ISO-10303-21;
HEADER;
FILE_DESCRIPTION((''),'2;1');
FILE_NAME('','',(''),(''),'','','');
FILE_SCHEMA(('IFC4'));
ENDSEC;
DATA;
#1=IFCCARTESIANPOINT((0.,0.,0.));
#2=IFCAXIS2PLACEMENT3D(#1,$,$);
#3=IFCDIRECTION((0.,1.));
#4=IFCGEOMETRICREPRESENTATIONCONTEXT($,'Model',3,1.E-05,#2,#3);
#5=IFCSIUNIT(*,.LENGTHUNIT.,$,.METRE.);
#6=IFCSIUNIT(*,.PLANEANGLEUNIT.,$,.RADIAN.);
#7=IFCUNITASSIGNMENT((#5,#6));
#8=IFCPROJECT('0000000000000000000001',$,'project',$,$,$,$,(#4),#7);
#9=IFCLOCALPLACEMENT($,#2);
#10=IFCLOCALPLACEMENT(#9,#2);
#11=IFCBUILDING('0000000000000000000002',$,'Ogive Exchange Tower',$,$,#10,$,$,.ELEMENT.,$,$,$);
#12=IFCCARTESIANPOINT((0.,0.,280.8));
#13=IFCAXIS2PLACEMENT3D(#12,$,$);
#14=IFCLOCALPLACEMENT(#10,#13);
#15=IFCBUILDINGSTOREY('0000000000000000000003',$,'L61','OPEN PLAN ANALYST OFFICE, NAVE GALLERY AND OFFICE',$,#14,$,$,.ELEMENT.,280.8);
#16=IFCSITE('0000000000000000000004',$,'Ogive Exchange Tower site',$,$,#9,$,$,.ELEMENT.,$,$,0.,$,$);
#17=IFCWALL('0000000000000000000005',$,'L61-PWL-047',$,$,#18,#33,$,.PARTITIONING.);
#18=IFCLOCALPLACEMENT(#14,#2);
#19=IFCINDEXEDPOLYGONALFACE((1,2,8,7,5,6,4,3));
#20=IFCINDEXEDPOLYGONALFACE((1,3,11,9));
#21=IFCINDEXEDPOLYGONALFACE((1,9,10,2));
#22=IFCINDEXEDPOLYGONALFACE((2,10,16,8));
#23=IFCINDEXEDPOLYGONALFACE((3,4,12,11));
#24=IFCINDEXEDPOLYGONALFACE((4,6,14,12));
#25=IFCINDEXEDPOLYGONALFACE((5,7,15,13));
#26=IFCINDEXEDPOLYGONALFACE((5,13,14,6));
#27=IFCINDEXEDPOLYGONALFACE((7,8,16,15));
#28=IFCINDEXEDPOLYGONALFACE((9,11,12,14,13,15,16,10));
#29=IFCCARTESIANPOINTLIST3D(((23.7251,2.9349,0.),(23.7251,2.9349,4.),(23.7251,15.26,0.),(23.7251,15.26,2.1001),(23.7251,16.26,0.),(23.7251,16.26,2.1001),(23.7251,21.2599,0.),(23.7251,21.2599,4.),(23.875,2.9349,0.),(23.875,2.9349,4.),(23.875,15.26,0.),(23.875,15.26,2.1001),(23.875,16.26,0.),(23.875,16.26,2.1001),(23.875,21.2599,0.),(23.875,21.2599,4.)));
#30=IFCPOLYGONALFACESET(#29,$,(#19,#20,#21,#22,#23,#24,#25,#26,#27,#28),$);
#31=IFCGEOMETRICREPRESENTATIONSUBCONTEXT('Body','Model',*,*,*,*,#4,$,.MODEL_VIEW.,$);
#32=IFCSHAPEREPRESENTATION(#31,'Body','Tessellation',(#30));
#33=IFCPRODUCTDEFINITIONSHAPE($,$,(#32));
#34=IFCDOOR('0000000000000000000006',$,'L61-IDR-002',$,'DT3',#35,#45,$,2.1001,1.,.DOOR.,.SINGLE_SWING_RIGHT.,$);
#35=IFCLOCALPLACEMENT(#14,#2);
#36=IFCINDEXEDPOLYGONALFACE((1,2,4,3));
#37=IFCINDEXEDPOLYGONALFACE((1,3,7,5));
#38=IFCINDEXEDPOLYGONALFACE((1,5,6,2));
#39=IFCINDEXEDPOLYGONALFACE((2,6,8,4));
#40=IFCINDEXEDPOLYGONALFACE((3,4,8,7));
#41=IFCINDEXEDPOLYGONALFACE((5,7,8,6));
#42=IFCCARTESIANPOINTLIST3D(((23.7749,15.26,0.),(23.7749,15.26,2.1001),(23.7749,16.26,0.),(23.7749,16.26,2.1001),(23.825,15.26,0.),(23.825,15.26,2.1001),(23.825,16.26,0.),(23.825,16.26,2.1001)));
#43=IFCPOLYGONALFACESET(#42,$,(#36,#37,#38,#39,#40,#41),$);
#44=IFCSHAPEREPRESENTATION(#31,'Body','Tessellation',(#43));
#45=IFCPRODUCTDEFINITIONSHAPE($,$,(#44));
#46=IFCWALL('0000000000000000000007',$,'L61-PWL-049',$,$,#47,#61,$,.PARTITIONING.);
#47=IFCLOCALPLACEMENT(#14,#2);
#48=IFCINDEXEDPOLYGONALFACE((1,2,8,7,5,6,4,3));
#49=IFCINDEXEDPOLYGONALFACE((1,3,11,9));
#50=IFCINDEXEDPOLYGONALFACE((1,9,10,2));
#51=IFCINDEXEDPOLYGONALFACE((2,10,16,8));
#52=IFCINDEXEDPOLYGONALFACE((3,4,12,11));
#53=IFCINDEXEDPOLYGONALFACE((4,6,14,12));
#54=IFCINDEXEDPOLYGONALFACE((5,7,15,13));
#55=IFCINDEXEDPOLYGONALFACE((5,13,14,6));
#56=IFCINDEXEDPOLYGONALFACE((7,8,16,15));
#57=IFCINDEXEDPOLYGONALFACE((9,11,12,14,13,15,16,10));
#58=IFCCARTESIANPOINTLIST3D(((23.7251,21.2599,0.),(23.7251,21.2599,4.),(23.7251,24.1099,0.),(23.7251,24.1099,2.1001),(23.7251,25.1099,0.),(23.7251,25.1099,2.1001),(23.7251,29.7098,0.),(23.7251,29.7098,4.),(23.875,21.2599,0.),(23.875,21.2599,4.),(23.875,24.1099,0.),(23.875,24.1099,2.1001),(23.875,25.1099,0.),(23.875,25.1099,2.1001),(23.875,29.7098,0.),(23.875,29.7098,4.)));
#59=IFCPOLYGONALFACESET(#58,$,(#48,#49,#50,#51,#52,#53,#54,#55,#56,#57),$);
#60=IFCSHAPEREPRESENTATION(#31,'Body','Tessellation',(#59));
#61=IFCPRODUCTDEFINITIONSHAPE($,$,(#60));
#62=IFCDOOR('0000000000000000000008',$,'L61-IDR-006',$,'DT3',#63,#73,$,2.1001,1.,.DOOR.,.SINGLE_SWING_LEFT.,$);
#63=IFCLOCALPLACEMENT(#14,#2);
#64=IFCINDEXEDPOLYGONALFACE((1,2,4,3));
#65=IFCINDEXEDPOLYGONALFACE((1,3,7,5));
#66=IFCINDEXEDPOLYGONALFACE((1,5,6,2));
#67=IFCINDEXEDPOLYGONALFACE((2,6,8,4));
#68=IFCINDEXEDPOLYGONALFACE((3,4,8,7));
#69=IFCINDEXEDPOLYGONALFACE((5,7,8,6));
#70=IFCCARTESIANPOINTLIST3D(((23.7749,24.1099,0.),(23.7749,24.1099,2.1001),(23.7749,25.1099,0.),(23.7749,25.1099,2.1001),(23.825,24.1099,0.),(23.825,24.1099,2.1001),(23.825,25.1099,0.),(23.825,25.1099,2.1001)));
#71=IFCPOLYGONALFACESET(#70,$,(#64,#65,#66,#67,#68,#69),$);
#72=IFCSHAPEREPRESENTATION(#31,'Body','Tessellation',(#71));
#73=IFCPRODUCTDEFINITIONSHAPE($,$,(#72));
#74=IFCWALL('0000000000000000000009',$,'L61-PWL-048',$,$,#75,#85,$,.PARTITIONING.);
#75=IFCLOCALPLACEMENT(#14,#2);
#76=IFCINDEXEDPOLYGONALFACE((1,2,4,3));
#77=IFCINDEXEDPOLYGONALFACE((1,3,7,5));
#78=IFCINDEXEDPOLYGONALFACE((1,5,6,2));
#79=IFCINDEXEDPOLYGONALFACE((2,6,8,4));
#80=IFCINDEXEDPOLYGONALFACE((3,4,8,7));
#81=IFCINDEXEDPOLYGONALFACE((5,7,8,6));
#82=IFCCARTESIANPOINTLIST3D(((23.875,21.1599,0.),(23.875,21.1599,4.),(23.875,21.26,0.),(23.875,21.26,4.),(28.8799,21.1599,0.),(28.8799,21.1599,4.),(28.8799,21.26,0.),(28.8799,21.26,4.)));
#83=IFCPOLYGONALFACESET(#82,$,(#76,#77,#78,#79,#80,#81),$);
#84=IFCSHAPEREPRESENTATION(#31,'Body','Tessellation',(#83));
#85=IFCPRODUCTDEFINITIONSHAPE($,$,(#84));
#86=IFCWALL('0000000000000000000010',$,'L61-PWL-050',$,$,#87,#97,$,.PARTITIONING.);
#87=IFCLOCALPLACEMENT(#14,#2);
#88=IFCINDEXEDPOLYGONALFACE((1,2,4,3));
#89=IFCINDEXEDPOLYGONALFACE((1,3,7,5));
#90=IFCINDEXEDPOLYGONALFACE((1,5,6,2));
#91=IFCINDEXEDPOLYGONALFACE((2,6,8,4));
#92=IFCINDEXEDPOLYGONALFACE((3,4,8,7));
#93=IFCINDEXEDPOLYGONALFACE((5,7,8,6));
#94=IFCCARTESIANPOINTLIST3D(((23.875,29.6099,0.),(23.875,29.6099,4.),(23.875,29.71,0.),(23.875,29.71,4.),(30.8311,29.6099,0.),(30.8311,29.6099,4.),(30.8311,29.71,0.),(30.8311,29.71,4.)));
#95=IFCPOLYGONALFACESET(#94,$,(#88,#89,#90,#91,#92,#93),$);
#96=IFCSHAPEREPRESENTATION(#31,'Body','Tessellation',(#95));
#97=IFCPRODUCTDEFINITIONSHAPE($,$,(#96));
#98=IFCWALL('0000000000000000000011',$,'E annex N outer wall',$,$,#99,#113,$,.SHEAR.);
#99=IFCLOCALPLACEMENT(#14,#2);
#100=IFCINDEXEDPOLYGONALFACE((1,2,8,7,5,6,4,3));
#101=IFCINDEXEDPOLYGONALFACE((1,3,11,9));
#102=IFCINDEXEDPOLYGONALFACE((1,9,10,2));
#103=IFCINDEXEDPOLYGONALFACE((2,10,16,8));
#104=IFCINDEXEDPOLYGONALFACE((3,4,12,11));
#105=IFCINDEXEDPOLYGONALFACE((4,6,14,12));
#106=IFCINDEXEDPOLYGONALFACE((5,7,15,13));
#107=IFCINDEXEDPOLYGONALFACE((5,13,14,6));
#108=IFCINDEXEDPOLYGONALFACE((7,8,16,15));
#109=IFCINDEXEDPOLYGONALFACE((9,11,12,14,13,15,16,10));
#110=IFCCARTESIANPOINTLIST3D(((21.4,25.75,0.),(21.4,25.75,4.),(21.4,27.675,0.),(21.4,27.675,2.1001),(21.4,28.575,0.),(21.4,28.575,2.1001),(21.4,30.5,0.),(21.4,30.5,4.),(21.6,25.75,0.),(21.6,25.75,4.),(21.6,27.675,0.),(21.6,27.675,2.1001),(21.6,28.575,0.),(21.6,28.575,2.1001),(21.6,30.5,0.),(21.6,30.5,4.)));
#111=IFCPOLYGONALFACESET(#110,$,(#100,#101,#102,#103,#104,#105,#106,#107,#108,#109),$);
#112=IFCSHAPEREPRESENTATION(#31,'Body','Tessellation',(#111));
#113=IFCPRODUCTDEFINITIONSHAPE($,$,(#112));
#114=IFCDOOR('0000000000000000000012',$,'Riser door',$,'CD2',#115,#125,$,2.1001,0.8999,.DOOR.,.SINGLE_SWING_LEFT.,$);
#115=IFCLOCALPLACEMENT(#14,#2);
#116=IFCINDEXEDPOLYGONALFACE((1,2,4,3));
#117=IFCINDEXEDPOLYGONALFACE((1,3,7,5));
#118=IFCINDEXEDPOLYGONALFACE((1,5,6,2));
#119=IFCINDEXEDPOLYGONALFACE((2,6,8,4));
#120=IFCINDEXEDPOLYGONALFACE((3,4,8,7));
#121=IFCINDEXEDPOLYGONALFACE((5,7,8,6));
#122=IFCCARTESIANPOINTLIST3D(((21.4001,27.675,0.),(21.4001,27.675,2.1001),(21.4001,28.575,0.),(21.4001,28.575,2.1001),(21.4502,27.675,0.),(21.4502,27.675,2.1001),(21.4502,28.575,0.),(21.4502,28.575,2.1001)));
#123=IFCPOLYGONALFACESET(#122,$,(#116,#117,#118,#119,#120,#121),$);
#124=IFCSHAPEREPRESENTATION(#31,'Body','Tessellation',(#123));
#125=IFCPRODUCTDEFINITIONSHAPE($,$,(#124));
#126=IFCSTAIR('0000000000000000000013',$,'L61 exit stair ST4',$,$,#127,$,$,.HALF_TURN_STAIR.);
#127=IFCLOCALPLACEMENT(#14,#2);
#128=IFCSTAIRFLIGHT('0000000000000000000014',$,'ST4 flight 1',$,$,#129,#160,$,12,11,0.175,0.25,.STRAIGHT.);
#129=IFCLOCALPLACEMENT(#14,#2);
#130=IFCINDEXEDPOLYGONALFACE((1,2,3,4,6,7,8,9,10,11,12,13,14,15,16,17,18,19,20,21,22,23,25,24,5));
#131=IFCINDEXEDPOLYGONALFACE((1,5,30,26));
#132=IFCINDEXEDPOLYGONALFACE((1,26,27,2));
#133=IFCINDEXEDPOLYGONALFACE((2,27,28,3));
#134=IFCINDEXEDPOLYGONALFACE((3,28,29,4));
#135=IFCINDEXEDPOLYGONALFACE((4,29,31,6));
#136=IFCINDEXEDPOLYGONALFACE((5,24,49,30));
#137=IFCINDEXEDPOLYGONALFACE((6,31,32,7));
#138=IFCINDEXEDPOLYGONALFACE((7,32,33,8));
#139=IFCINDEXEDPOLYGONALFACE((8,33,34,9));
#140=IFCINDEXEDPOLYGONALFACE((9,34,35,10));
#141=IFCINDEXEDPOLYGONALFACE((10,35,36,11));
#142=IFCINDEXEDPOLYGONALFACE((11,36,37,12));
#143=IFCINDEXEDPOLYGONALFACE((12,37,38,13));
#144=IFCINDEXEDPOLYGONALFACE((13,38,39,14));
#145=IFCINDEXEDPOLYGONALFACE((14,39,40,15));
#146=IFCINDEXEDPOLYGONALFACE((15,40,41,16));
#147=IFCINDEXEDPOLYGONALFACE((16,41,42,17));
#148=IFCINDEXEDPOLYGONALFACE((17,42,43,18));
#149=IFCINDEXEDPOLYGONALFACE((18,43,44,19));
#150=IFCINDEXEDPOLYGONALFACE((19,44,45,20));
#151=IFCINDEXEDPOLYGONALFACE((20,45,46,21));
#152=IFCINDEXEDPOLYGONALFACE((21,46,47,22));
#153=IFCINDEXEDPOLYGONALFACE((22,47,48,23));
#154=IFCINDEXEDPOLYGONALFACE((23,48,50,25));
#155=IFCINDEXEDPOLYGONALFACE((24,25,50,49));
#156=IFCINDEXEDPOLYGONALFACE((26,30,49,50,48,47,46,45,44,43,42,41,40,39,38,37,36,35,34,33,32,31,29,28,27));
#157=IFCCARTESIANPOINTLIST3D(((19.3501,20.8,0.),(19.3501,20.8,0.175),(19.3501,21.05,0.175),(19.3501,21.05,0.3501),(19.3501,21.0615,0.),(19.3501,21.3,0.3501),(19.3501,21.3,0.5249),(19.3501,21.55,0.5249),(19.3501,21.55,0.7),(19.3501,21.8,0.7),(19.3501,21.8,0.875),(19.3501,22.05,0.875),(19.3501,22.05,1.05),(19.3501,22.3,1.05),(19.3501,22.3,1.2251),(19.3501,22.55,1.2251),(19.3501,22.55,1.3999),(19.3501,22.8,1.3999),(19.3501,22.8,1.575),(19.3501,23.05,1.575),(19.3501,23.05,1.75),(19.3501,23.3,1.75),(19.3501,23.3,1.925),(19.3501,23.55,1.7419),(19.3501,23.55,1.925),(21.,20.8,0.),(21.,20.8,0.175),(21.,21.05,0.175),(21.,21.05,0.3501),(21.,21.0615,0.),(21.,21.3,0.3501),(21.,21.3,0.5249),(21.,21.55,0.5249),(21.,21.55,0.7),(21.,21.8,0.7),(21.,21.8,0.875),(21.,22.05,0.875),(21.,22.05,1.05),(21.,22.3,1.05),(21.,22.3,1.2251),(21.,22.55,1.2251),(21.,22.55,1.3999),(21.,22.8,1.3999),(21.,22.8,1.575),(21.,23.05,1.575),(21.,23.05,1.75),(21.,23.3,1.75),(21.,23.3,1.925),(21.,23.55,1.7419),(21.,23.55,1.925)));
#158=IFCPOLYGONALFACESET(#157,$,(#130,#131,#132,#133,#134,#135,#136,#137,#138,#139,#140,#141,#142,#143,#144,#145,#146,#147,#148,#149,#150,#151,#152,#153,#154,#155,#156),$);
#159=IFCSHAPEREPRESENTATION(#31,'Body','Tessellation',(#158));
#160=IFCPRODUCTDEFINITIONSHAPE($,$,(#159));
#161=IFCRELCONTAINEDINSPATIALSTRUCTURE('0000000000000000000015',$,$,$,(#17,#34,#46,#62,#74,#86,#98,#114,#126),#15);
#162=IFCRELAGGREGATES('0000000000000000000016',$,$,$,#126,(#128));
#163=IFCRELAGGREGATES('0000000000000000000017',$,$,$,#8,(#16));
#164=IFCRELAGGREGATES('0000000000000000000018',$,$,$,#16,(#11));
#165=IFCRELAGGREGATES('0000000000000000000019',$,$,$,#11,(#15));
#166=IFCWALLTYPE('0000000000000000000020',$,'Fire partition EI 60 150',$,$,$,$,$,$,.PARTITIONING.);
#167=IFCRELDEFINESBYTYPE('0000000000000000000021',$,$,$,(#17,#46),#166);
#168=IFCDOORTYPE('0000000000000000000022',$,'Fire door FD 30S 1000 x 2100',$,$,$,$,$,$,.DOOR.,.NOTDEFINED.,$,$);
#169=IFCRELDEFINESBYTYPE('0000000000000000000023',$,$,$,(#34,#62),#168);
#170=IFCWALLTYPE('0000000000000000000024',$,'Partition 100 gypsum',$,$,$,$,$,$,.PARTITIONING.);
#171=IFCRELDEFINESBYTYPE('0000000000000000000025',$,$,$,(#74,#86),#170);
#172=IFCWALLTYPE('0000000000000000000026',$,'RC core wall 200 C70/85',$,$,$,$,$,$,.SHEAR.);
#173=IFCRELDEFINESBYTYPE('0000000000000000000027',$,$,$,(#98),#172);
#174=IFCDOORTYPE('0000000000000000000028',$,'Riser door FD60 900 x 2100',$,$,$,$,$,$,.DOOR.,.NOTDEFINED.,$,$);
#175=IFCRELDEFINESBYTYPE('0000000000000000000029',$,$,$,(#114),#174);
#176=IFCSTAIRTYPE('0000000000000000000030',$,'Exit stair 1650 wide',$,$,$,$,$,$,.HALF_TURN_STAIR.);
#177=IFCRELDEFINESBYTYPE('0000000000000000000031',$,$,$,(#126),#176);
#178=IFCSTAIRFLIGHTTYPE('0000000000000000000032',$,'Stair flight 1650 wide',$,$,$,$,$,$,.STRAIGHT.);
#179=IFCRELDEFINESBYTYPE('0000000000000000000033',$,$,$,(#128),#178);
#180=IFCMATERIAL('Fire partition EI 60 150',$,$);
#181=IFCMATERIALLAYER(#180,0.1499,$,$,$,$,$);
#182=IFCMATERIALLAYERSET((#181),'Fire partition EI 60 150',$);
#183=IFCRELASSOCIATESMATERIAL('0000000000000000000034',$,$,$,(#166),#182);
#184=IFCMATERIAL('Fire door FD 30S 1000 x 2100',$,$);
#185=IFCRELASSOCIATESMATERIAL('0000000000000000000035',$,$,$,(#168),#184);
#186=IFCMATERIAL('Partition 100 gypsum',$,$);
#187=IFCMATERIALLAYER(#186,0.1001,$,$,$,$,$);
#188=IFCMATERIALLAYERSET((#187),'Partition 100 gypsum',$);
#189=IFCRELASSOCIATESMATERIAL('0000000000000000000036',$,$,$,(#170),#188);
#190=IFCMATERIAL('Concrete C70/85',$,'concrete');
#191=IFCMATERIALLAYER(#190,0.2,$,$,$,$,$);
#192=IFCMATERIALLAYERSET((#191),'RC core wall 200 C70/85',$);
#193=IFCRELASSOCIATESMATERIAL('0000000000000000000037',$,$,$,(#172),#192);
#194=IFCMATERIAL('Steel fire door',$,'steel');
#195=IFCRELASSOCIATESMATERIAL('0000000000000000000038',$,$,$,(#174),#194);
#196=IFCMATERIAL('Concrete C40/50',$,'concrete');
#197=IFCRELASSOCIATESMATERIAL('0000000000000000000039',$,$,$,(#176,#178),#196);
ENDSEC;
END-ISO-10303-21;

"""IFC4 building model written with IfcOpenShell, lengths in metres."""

from ifc_helpers import new_model, si_unit, direction, frame, frame_2d, origin, place, context, subcontext, project, spatial, polyline, rectangle, outline, extrude, material, layer, layer_set, type_object, element, fill, aggregate, save


model = new_model("IFC4")

# Units and contexts
model_context = context("Model", 3, precision=1e-05, world=origin(), true_north=direction((0.0, 1.0)))
body_context = subcontext(model_context, "Body", "Model", "MODEL_VIEW")
ifc_project = project(units=[si_unit("LENGTHUNIT", "METRE"), si_unit("PLANEANGLEUNIT", "RADIAN")], contexts=[model_context])

# Site, building, storey
site_placement = place(None, origin())
site = spatial("IfcSite", under=ifc_project, at=site_placement, Name="Ogive Exchange Tower site", CompositionType="ELEMENT", RefElevation=0.0)
building_placement = place(site_placement, origin())
building = spatial("IfcBuilding", under=site, at=building_placement, Name="Ogive Exchange Tower", CompositionType="ELEMENT")
storey_placement = place(building_placement, frame((0.0, 0.0, 280.8)))
storey = spatial("IfcBuildingStorey", under=building, at=storey_placement, Name="L61", Description="OPEN PLAN ANALYST OFFICE, NAVE GALLERY AND OFFICE", CompositionType="ELEMENT", Elevation=280.8)

# Walls, openings, doors
ifc_material_1 = material(Name="Fire partition EI 60 150")
ifc_layer_1 = layer(ifc_material_1, 0.1499)
ifc_layer_set_1 = layer_set([ifc_layer_1], Name="Fire partition EI 60 150")
wall_type_1 = type_object("IfcWallType", Name="Fire partition EI 60 150", PredefinedType="PARTITIONING", material=ifc_layer_set_1)
wall_1_placement = place(storey_placement, frame((23.8, 21.26, 0.0), z_axis=(0.0, 0.0, 1.0), x_axis=(0.0, -1.0, 0.0)))
wall_1 = element("IfcWall", 1, at=wall_1_placement, inside=storey, type_object=wall_type_1, Name="L61-PWL-047", PredefinedType="PARTITIONING", context=body_context, shape_type="SweptSolid", body=[
    extrude(rectangle(XDim=18.325, YDim=0.1499, at=frame_2d((9.1626, 0.0))), origin(), (0.0, 0.0, 1.0), 4.0),
])
opening_1_placement = place(wall_1_placement, frame((5.0, 0.0, 0.0)))
opening_1 = element("IfcOpeningElement", 2, at=opening_1_placement, cuts=wall_1, PredefinedType="OPENING", context=body_context, shape_type="SweptSolid", body=[
    extrude(rectangle(XDim=1.0, YDim=2.1001, at=frame_2d((0.5, 1.05))), frame((0.0, 0.085, 0.0), z_axis=(0.0, -1.0, 0.0), x_axis=(1.0, 0.0, 0.0)), (0.0, 0.0, 1.0), 0.1699),
])
ifc_material_2 = material(Name="Fire door FD 30S 1000 x 2100")
door_type_1 = type_object("IfcDoorType", Name="Fire door FD 30S 1000 x 2100", OperationType="NOTDEFINED", PredefinedType="DOOR", material=ifc_material_2)
door_1_placement = place(opening_1_placement, origin())
door_1 = element("IfcDoor", 3, at=door_1_placement, inside=storey, type_object=door_type_1, Name="L61-IDR-002", ObjectType="DT3", OperationType="SINGLE_SWING_RIGHT", OverallHeight=2.1001, OverallWidth=1.0, PredefinedType="DOOR", context=body_context, shape_type="SweptSolid", body=[
    extrude(rectangle(XDim=1.0, YDim=2.1001, at=frame_2d((0.5, 1.05))), frame((0.0, 0.0249, 0.0), z_axis=(0.0, -1.0, 0.0), x_axis=(1.0, 0.0, 0.0)), (0.0, 0.0, 1.0), 0.05),
])
fill(opening_1, door_1)
wall_2_placement = place(storey_placement, frame((23.8, 29.71, 0.0), z_axis=(0.0, 0.0, 1.0), x_axis=(0.0, -1.0, 0.0)))
wall_2 = element("IfcWall", 4, at=wall_2_placement, inside=storey, type_object=wall_type_1, Name="L61-PWL-049", PredefinedType="PARTITIONING", context=body_context, shape_type="SweptSolid", body=[
    extrude(rectangle(XDim=8.45, YDim=0.1499, at=frame_2d((4.2251, 0.0))), origin(), (0.0, 0.0, 1.0), 4.0),
])
opening_2_placement = place(wall_2_placement, frame((4.6001, 0.0, 0.0)))
opening_2 = element("IfcOpeningElement", 5, at=opening_2_placement, cuts=wall_2, PredefinedType="OPENING", context=body_context, shape_type="SweptSolid", body=[
    extrude(rectangle(XDim=1.0, YDim=2.1001, at=frame_2d((0.5, 1.05))), frame((0.0, 0.085, 0.0), z_axis=(0.0, -1.0, 0.0), x_axis=(1.0, 0.0, 0.0)), (0.0, 0.0, 1.0), 0.1699),
])
door_2_placement = place(opening_2_placement, origin())
door_2 = element("IfcDoor", 6, at=door_2_placement, inside=storey, type_object=door_type_1, Name="L61-IDR-006", ObjectType="DT3", OperationType="SINGLE_SWING_LEFT", OverallHeight=2.1001, OverallWidth=1.0, PredefinedType="DOOR", context=body_context, shape_type="SweptSolid", body=[
    extrude(rectangle(XDim=1.0, YDim=2.1001, at=frame_2d((0.5, 1.05))), frame((0.0, 0.0249, 0.0), z_axis=(0.0, -1.0, 0.0), x_axis=(1.0, 0.0, 0.0)), (0.0, 0.0, 1.0), 0.05),
])
fill(opening_2, door_2)

# Walls
ifc_material_3 = material(Name="Partition 100 gypsum")
ifc_layer_2 = layer(ifc_material_3, 0.1001)
ifc_layer_set_2 = layer_set([ifc_layer_2], Name="Partition 100 gypsum")
wall_type_2 = type_object("IfcWallType", Name="Partition 100 gypsum", PredefinedType="PARTITIONING", material=ifc_layer_set_2)
wall_3_placement = place(storey_placement, frame((23.875, 21.21, 0.0), z_axis=(0.0, 0.0, 1.0), x_axis=(1.0, 0.0, 0.0)))
element("IfcWall", 7, at=wall_3_placement, inside=storey, type_object=wall_type_2, Name="L61-PWL-048", PredefinedType="PARTITIONING", context=body_context, shape_type="SweptSolid", body=[
    extrude(rectangle(XDim=5.0049, YDim=0.1001, at=frame_2d((2.5024, 0.0))), origin(), (0.0, 0.0, 1.0), 4.0),
])
wall_4_placement = place(storey_placement, frame((23.875, 29.6599, 0.0), z_axis=(0.0, 0.0, 1.0), x_axis=(1.0, 0.0, 0.0)))
element("IfcWall", 8, at=wall_4_placement, inside=storey, type_object=wall_type_2, Name="L61-PWL-050", PredefinedType="PARTITIONING", context=body_context, shape_type="SweptSolid", body=[
    extrude(rectangle(XDim=6.9561, YDim=0.1001, at=frame_2d((3.478, 0.0))), origin(), (0.0, 0.0, 1.0), 4.0),
])

# Wall, opening, door
ifc_material_4 = material(Name="Concrete C70/85", Category="concrete")
ifc_layer_3 = layer(ifc_material_4, 0.2)
ifc_layer_set_3 = layer_set([ifc_layer_3], Name="RC core wall 200 C70/85")
wall_type_3 = type_object("IfcWallType", Name="RC core wall 200 C70/85", PredefinedType="SHEAR", material=ifc_layer_set_3)
wall_5_placement = place(storey_placement, frame((21.5, 25.75, 0.0), z_axis=(0.0, 0.0, 1.0), x_axis=(0.0, 1.0, 0.0)))
wall_5 = element("IfcWall", 9, at=wall_5_placement, inside=storey, type_object=wall_type_3, Name="E annex N outer wall", PredefinedType="SHEAR", context=body_context, shape_type="SweptSolid", body=[
    extrude(rectangle(XDim=4.75, YDim=0.2, at=frame_2d((2.375, 0.0))), origin(), (0.0, 0.0, 1.0), 4.0),
])
opening_3_placement = place(wall_5_placement, frame((1.925, 0.0, 0.0)))
opening_3 = element("IfcOpeningElement", 10, at=opening_3_placement, cuts=wall_5, PredefinedType="OPENING", context=body_context, shape_type="SweptSolid", body=[
    extrude(rectangle(XDim=0.8999, YDim=2.1001, at=frame_2d((0.45, 1.05))), frame((0.0, 0.1099, 0.0), z_axis=(0.0, -1.0, 0.0), x_axis=(1.0, 0.0, 0.0)), (0.0, 0.0, 1.0), 0.22),
])
ifc_material_5 = material(Name="Steel fire door", Category="steel")
door_type_2 = type_object("IfcDoorType", Name="Riser door FD60 900 x 2100", OperationType="NOTDEFINED", PredefinedType="DOOR", material=ifc_material_5)
door_3_placement = place(opening_3_placement, frame((0.8999, 0.1499, 0.0), z_axis=(0.0, 0.0, 1.0), x_axis=(-1.0, 0.0, 0.0)))
door_3 = element("IfcDoor", 11, at=door_3_placement, inside=storey, type_object=door_type_2, Name="Riser door", ObjectType="CD2", OperationType="SINGLE_SWING_LEFT", OverallHeight=2.1001, OverallWidth=0.8999, PredefinedType="DOOR", context=body_context, shape_type="SweptSolid", body=[
    extrude(rectangle(XDim=0.8999, YDim=2.1001, at=frame_2d((0.45, 1.05))), frame((0.0, 0.1001, 0.0), z_axis=(0.0, -1.0, 0.0), x_axis=(1.0, 0.0, 0.0)), (0.0, 0.0, 1.0), 0.05),
])
fill(opening_3, door_3)

# Stair, stair flight
ifc_material_6 = material(Name="Concrete C40/50", Category="concrete")
stair_type = type_object("IfcStairType", Name="Exit stair 1650 wide", PredefinedType="HALF_TURN_STAIR", material=ifc_material_6)
stair_placement = place(storey_placement, origin())
stair = element("IfcStair", 12, at=stair_placement, inside=storey, type_object=stair_type, Name="L61 exit stair ST4", PredefinedType="HALF_TURN_STAIR")
stair_flight_type = type_object("IfcStairFlightType", Name="Stair flight 1650 wide", PredefinedType="STRAIGHT", material=ifc_material_6)
stair_flight_placement = place(storey_placement, frame((20.175, 20.8, 0.0), z_axis=(0.0, 0.0, 1.0), x_axis=(0.0, 1.0, 0.0)))
stair_flight = element("IfcStairFlight", 13, at=stair_flight_placement, type_object=stair_flight_type, Name="ST4 flight 1", NumberOfRisers=12, NumberOfTreads=11, PredefinedType="STRAIGHT", RiserHeight=0.175, TreadLength=0.25, context=body_context, shape_type="SweptSolid", body=[
    extrude(outline(polyline([(0.0, 0.0), (0.0, 0.175), (0.25, 0.175), (0.25, 0.3501), (0.5, 0.3501), (0.5, 0.5249), (0.75, 0.5249), (0.75, 0.7), (1.0, 0.7), (1.0, 0.875), (1.25, 0.875), (1.25, 1.05), (1.5, 1.05), (1.5, 1.2251), (1.75, 1.2251), (1.75, 1.3999), (2.0, 1.3999), (2.0, 1.575), (2.25, 1.575), (2.25, 1.75), (2.5, 1.75), (2.5, 1.925), (2.75, 1.925), (2.75, 2.1001), (2.75, 1.7419), (0.2615, 0.0), (0.0, 0.0)])), frame((0.0, 0.825, 0.0), z_axis=(0.0, -1.0, 0.0), x_axis=(1.0, 0.0, 0.0)), (0.0, 0.0, 1.0), 1.6499),
])
aggregate(stair, [stair_flight])

save(model, "model.ifc")
